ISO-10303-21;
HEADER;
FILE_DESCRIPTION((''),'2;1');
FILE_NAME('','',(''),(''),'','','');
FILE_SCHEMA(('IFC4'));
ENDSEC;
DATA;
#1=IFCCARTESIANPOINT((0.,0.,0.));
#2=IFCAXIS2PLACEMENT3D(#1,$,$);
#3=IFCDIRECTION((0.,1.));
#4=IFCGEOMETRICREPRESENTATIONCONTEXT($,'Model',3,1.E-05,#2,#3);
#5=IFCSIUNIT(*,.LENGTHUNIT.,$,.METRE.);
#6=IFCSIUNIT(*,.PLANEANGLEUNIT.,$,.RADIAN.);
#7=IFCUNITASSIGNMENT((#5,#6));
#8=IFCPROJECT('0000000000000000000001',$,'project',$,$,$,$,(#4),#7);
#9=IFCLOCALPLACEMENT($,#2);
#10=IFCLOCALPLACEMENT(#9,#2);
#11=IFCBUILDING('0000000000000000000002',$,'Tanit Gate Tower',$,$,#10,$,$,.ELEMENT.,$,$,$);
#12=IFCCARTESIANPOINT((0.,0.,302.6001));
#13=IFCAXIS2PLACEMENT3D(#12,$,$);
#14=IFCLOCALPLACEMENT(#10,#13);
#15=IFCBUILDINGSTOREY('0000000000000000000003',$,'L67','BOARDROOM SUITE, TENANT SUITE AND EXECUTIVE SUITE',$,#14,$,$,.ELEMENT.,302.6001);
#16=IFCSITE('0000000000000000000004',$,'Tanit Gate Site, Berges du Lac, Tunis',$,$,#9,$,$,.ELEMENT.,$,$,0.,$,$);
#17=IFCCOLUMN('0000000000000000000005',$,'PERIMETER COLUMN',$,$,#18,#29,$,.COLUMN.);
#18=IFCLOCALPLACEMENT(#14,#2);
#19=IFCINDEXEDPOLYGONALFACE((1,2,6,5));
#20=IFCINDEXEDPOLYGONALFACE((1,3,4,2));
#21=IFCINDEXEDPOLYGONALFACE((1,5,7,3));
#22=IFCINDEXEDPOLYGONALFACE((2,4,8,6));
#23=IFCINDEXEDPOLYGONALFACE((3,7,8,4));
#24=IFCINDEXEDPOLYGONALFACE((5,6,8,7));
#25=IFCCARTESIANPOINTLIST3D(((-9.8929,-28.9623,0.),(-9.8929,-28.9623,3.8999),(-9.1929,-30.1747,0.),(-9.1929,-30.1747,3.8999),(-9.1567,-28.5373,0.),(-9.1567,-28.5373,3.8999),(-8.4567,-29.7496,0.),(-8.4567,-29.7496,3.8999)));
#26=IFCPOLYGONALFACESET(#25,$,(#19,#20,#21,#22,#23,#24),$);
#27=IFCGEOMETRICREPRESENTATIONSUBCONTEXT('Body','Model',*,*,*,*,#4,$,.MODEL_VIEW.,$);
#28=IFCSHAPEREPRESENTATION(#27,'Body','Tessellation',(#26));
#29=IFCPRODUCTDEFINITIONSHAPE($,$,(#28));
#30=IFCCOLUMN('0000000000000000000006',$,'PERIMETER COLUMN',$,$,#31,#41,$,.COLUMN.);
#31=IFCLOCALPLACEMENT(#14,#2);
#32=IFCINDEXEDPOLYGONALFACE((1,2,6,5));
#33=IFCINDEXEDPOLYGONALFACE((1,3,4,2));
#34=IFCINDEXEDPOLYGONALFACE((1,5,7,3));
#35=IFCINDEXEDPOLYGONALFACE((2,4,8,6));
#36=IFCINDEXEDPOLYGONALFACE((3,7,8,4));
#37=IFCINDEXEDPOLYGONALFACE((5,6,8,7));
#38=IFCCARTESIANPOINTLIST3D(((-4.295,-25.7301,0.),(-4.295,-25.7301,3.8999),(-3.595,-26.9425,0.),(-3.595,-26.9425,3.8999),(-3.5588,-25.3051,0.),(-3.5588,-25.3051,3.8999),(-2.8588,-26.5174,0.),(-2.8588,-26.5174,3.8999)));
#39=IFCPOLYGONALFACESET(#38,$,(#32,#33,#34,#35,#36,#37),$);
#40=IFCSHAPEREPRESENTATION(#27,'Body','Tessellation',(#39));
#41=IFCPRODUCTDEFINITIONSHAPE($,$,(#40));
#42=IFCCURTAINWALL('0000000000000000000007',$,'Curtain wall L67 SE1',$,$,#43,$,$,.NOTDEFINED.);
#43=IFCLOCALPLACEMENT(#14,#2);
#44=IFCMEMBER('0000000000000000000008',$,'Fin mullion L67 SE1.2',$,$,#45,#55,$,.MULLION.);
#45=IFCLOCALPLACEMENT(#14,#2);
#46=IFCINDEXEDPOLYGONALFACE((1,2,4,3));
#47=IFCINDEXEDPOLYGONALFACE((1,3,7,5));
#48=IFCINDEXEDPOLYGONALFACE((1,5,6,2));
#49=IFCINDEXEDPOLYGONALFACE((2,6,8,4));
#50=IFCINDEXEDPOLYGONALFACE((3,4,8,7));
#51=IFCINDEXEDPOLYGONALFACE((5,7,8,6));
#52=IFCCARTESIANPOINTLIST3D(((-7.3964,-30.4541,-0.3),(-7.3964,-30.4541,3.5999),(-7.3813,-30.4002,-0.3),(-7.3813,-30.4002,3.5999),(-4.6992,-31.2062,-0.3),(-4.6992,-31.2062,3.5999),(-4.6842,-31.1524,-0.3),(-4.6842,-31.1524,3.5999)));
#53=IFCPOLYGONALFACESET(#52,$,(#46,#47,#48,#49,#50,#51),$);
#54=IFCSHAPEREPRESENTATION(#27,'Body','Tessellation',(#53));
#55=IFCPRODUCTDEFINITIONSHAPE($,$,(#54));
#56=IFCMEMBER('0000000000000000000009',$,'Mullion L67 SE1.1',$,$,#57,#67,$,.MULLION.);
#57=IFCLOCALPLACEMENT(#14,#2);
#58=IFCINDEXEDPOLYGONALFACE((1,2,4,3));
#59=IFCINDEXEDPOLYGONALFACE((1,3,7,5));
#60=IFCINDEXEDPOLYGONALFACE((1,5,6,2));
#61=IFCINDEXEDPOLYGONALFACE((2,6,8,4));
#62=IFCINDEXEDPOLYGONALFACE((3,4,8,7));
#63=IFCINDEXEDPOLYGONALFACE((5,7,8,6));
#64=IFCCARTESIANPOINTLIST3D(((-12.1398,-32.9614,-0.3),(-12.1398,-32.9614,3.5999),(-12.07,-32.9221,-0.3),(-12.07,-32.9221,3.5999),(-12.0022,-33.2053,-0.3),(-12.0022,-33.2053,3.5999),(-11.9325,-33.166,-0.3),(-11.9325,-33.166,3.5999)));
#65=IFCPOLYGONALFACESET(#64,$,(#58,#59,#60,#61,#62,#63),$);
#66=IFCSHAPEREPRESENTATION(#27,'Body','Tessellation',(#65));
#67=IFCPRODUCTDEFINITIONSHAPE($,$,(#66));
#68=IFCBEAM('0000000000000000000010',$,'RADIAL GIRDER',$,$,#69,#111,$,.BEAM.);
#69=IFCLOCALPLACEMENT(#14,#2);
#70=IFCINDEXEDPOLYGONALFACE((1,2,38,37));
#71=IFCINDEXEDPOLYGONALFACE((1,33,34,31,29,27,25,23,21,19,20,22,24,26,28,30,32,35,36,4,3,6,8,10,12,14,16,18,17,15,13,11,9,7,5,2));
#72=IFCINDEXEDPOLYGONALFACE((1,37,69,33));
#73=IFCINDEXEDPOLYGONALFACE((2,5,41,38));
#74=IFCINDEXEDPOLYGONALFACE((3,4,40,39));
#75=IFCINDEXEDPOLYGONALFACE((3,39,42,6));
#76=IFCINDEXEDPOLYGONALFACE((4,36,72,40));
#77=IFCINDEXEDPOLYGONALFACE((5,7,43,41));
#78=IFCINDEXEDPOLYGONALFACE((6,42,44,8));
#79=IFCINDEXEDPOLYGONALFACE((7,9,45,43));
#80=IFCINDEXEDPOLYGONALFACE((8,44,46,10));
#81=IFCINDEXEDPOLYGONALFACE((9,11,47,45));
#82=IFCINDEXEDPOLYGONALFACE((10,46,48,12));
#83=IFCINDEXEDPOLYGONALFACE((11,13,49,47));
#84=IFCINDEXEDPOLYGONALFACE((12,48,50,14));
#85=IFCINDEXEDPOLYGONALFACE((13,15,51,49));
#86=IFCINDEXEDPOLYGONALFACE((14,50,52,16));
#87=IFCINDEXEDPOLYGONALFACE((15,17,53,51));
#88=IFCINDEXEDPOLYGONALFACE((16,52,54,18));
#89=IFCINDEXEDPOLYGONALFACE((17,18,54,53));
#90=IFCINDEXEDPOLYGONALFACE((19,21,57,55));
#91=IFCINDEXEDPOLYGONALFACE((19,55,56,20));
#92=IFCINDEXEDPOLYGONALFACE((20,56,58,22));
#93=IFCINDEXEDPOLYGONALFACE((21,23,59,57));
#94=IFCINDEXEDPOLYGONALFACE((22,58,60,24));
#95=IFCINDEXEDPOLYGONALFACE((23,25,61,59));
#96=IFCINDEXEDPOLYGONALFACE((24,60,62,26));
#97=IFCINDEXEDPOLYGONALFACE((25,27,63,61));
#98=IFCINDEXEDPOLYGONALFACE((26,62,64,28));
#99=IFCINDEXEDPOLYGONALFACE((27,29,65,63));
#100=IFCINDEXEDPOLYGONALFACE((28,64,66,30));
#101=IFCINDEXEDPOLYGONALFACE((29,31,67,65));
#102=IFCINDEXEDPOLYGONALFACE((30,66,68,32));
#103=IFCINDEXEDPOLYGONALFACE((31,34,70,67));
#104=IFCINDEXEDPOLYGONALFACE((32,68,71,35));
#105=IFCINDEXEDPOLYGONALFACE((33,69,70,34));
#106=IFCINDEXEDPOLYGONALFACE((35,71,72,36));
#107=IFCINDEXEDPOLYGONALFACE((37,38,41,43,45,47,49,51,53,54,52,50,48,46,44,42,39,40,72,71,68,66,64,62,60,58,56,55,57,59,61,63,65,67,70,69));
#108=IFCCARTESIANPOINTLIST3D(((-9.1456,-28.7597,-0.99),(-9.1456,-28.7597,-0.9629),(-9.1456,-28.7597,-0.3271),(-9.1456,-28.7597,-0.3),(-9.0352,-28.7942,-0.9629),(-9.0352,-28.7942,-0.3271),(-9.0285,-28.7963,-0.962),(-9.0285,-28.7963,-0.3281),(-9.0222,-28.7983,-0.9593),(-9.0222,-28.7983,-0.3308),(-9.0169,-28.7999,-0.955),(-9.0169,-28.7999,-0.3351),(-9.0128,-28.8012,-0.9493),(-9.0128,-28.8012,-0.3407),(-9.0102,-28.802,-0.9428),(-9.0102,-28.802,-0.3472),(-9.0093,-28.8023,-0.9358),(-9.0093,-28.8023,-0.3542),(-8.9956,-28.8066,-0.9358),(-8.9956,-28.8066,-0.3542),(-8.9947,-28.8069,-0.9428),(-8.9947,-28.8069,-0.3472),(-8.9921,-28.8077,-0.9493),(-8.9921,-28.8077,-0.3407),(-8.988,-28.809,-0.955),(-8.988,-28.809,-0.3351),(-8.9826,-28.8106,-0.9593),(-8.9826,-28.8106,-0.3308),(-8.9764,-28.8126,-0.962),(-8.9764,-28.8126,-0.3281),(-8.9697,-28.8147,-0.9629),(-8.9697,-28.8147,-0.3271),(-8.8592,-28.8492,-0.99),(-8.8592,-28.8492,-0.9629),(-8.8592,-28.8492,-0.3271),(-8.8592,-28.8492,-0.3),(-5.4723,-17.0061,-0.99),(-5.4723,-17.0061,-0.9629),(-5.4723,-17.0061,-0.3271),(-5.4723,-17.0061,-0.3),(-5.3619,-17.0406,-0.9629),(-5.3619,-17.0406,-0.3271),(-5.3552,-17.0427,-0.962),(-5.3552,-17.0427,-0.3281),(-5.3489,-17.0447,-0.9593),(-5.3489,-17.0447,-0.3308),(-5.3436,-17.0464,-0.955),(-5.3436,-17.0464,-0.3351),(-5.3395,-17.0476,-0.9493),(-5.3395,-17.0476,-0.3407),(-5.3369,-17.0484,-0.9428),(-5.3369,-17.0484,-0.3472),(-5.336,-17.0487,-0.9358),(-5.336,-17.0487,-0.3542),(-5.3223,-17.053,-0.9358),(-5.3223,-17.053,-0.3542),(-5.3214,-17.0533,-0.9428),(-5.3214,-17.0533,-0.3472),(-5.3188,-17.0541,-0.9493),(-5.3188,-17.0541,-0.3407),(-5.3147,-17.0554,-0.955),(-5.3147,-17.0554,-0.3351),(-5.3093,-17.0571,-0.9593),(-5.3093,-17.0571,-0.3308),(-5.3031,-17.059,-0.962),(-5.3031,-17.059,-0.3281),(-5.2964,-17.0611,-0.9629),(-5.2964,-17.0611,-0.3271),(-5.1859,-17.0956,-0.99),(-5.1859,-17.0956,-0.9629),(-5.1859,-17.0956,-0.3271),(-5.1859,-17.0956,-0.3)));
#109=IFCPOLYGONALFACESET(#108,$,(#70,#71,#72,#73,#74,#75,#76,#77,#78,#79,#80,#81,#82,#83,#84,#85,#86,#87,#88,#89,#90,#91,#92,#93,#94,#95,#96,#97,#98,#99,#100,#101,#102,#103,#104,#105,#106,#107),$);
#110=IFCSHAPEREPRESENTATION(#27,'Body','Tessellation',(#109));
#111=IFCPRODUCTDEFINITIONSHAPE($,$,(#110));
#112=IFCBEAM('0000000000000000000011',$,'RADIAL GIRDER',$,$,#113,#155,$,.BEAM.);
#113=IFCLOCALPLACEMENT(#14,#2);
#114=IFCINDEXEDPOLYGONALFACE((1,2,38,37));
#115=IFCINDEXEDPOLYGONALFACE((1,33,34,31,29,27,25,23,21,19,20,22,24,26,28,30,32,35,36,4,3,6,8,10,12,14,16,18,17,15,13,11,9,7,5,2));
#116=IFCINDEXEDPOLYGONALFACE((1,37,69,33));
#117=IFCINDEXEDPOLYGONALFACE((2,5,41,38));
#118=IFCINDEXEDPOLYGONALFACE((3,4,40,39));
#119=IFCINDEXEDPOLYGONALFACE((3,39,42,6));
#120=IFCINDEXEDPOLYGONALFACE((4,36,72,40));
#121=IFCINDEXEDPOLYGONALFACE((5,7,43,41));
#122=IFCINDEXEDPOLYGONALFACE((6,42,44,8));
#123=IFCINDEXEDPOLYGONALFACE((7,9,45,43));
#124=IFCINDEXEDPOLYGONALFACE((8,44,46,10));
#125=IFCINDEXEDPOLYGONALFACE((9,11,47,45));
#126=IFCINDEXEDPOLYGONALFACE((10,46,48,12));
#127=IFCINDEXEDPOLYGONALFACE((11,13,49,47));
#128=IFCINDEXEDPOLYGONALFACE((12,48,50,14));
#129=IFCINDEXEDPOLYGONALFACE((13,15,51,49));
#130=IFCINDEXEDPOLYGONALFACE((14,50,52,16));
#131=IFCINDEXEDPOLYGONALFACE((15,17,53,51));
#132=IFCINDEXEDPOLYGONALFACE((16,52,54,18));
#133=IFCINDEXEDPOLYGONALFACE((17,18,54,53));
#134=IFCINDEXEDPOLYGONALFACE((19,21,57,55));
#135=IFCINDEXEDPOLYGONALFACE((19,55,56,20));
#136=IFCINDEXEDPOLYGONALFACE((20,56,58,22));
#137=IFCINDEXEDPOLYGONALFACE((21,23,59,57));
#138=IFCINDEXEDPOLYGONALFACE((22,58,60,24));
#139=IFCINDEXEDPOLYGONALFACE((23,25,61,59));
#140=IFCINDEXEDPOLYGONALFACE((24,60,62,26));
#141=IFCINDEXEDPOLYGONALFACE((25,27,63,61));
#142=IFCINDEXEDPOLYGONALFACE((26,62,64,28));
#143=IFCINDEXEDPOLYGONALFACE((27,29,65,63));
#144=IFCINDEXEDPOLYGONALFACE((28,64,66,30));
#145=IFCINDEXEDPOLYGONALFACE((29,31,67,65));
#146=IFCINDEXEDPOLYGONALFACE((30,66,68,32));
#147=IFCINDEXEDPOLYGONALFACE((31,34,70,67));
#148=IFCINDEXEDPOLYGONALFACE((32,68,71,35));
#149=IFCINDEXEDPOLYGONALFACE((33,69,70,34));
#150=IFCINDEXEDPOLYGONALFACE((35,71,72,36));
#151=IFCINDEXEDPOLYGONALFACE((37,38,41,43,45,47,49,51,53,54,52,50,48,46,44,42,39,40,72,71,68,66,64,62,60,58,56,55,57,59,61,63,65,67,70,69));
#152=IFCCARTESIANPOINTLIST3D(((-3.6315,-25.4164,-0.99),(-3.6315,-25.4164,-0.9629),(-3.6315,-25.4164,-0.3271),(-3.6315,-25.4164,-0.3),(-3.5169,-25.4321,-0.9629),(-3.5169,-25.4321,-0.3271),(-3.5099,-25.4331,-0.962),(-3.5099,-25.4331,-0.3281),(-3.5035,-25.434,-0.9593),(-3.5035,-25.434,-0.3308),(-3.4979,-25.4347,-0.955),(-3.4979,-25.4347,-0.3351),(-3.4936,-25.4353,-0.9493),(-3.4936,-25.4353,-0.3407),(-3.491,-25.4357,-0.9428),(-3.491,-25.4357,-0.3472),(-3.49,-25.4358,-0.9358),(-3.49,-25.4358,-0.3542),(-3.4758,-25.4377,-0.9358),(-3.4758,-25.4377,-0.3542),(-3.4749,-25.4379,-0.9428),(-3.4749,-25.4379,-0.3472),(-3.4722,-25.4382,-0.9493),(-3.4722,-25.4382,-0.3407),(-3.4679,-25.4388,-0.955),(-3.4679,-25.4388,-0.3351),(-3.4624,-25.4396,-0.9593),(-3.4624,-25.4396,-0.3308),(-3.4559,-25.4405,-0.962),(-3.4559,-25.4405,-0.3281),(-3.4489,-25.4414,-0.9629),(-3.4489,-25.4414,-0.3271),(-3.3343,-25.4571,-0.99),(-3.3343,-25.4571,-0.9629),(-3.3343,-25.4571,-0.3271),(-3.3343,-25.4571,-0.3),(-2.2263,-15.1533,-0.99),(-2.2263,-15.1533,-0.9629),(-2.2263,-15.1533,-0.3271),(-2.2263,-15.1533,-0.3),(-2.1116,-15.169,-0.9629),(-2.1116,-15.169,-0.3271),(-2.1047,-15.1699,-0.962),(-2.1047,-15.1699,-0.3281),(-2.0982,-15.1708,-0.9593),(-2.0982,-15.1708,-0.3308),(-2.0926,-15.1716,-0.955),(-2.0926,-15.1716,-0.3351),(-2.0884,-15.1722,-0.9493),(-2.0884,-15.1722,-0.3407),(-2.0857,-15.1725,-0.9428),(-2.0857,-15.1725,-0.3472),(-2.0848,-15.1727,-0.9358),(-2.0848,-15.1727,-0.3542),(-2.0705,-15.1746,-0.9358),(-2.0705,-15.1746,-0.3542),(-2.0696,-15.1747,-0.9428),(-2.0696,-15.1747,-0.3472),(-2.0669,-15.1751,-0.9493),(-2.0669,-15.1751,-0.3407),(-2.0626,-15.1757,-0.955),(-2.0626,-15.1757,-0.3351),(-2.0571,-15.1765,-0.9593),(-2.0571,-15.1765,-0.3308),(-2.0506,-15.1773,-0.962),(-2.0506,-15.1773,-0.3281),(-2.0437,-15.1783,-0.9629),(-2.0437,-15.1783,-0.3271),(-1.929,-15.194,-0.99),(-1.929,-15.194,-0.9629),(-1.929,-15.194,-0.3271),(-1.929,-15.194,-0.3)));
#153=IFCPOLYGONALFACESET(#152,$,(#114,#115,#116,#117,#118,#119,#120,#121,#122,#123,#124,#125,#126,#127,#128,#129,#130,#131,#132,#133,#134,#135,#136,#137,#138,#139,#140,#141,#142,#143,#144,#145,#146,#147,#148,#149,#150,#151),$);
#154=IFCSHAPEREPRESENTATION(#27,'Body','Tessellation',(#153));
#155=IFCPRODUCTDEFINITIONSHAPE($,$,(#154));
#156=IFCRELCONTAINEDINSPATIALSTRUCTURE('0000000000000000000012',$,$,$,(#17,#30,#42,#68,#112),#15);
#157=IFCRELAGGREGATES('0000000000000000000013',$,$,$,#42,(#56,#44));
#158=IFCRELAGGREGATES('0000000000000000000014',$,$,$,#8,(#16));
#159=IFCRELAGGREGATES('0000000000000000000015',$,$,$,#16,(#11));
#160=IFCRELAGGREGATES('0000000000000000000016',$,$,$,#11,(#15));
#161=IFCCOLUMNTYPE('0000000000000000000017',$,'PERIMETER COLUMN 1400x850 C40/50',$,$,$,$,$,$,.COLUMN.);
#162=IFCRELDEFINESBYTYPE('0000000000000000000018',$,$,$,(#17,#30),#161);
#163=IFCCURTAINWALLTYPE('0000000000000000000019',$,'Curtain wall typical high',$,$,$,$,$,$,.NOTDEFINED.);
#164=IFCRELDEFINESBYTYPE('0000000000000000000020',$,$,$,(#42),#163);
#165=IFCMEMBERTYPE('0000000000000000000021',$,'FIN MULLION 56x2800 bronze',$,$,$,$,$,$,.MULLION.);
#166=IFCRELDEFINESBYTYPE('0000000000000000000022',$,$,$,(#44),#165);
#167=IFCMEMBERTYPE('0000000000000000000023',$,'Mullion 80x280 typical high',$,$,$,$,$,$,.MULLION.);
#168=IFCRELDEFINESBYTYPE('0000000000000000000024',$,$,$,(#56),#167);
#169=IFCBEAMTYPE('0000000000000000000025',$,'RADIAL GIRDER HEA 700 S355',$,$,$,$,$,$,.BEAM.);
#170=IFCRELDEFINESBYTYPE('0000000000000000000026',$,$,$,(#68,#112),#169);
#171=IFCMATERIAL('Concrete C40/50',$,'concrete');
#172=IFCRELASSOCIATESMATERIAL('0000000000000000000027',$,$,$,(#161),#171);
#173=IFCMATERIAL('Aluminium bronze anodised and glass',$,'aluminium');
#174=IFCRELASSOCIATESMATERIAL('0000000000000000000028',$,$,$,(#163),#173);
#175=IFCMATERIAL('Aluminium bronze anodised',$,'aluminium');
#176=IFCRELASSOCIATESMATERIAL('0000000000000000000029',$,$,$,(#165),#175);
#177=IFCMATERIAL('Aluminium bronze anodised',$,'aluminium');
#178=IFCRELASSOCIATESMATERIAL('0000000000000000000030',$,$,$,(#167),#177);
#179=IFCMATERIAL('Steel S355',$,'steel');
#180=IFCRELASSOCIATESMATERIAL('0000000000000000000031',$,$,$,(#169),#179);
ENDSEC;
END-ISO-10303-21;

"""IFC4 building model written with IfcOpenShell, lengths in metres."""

from ifc_helpers import new_model, si_unit, direction, frame, origin, origin_2d, place, context, subcontext, project, spatial, rectangle, i_section, extrude, material, material_profile, profile_set, type_object, element, aggregate, save


model = new_model("IFC4")

# Units and contexts
model_context = context("Model", 3, precision=1e-05, world=origin(), true_north=direction((0.0, 1.0)))
body_context = subcontext(model_context, "Body", "Model", "MODEL_VIEW")
ifc_project = project(units=[si_unit("LENGTHUNIT", "METRE"), si_unit("PLANEANGLEUNIT", "RADIAN")], contexts=[model_context])

# Site, building, storey
site_placement = place(None, origin())
site = spatial("IfcSite", under=ifc_project, at=site_placement, Name="Tanit Gate Site, Berges du Lac, Tunis", CompositionType="ELEMENT", RefElevation=0.0)
building_placement = place(site_placement, origin())
building = spatial("IfcBuilding", under=site, at=building_placement, Name="Tanit Gate Tower", CompositionType="ELEMENT")
storey_placement = place(building_placement, frame((0.0, 0.0, 302.6001)))
storey = spatial("IfcBuildingStorey", under=building, at=storey_placement, Name="L67", Description="BOARDROOM SUITE, TENANT SUITE AND EXECUTIVE SUITE", CompositionType="ELEMENT", Elevation=302.6001)

# Columns
ifc_material_1 = material(Name="Concrete C40/50", Category="concrete")
ifc_material_profile_1 = material_profile(ifc_material_1, rectangle(XDim=1.3999, YDim=0.8501, at=origin_2d()), Name="RC 1400x850")
ifc_profile_set_1 = profile_set([ifc_material_profile_1], Name="Concrete C40/50")
column_type = type_object("IfcColumnType", Name="PERIMETER COLUMN 1400x850 C40/50", PredefinedType="COLUMN", material=ifc_profile_set_1)
for number, where, z_axis, x_axis, name in (
    (1, (-9.1748, -29.356, 0.0), (0.0, 0.0, 1.0), (0.5, -0.866025, 0.0), "PERIMETER COLUMN"),
    (2, (-3.5769, -26.1238, 0.0), (0.0, 0.0, 1.0), (0.5, -0.866025, 0.0), "PERIMETER COLUMN"),
):
    element("IfcColumn", number, at=place(storey_placement, frame(where, z_axis=z_axis, x_axis=x_axis)), inside=storey, type_object=column_type, Name=name, PredefinedType="COLUMN", context=body_context, shape_type="SweptSolid", body=[
        extrude(rectangle(XDim=1.3999, YDim=0.8501, at=origin_2d()), origin(), (0.0, 0.0, 1.0), 3.8999),
    ])

# Curtain wall, members
ifc_material_2 = material(Name="Aluminium bronze anodised and glass", Category="aluminium")
curtain_wall_type = type_object("IfcCurtainWallType", Name="Curtain wall typical high", PredefinedType="NOTDEFINED", material=ifc_material_2)
curtain_wall_placement = place(storey_placement, origin())
curtain_wall = element("IfcCurtainWall", 3, at=curtain_wall_placement, inside=storey, type_object=curtain_wall_type, Name="Curtain wall L67 SE1", PredefinedType="NOTDEFINED")
ifc_material_3 = material(Name="Aluminium bronze anodised", Category="aluminium")
ifc_material_profile_2 = material_profile(ifc_material_3, rectangle(XDim=2.8, YDim=0.0559, at=origin_2d()), Name="56x2800 bronze fin mullion")
ifc_profile_set_2 = profile_set([ifc_material_profile_2], Name="Aluminium bronze anodised")
member_type_1 = type_object("IfcMemberType", Name="FIN MULLION 56x2800 bronze", PredefinedType="MULLION", material=ifc_profile_set_2)
member_1_placement = place(storey_placement, frame((-6.0403, -30.8032, -0.3), z_axis=(0.0, 0.0, 1.0), x_axis=(-0.96325, 0.268606, 0.0)))
member_1 = element("IfcMember", 4, at=member_1_placement, type_object=member_type_1, Name="Fin mullion L67 SE1.2", PredefinedType="MULLION", context=body_context, shape_type="SweptSolid", body=[
    extrude(rectangle(XDim=2.8, YDim=0.0559, at=origin_2d()), origin(), (0.0, 0.0, 1.0), 3.8999),
])
ifc_material_4 = material(Name="Aluminium bronze anodised", Category="aluminium")
ifc_material_profile_3 = material_profile(ifc_material_4, rectangle(XDim=0.28, YDim=0.0801, at=origin_2d()), Name="80x280 bronze mullion")
ifc_profile_set_3 = profile_set([ifc_material_profile_3], Name="Aluminium bronze anodised")
member_type_2 = type_object("IfcMemberType", Name="Mullion 80x280 typical high", PredefinedType="MULLION", material=ifc_profile_set_3)
member_2_placement = place(storey_placement, frame((-12.0361, -33.0637, -0.3), z_axis=(0.0, 0.0, 1.0), x_axis=(-0.491188, 0.871054, 0.0)))
member_2 = element("IfcMember", 5, at=member_2_placement, type_object=member_type_2, Name="Mullion L67 SE1.1", PredefinedType="MULLION", context=body_context, shape_type="SweptSolid", body=[
    extrude(rectangle(XDim=0.28, YDim=0.0801, at=origin_2d()), origin(), (0.0, 0.0, 1.0), 3.8999),
])

# Beams
ifc_material_5 = material(Name="Steel S355", Category="steel")
ifc_material_profile_4 = material_profile(ifc_material_5, i_section(OverallWidth=0.3, OverallDepth=0.6899, WebThickness=0.0144, FlangeThickness=0.0271, FilletRadius=0.0271, at=origin_2d()), Name="HEA 700")
ifc_profile_set_4 = profile_set([ifc_material_profile_4], Name="Steel S355")
beam_type_1 = type_object("IfcBeamType", Name="RADIAL GIRDER HEA 700 S355", PredefinedType="BEAM", material=ifc_profile_set_4)
beam_1_placement = place(storey_placement, frame((-9.0024, -28.8044, -0.645), z_axis=(0.298299, 0.954473, 0.0), x_axis=(-0.954473, 0.298299, 0.0)))
element("IfcBeam", 6, at=beam_1_placement, inside=storey, type_object=beam_type_1, Name="RADIAL GIRDER", PredefinedType="BEAM", context=body_context, shape_type="SweptSolid", body=[
    extrude(i_section(OverallWidth=0.3, OverallDepth=0.6899, WebThickness=0.0144, FlangeThickness=0.0271, FilletRadius=0.0271, at=origin_2d()), origin(), (0.0, 0.0, 1.0), 12.3142),
])
beam_2_placement = place(storey_placement, frame((-3.4829, -25.4368, -0.645), z_axis=(0.135658, 0.990756, 0.0), x_axis=(-0.990756, 0.135658, 0.0)))
element("IfcBeam", 7, at=beam_2_placement, inside=storey, type_object=beam_type_1, Name="RADIAL GIRDER", PredefinedType="BEAM", context=body_context, shape_type="SweptSolid", body=[
    extrude(i_section(OverallWidth=0.3, OverallDepth=0.6899, WebThickness=0.0144, FlangeThickness=0.0271, FilletRadius=0.0271, at=origin_2d()), origin(), (0.0, 0.0, 1.0), 10.3589),
])

aggregate(curtain_wall, [member_2, member_1])

save(model, "model.ifc")
